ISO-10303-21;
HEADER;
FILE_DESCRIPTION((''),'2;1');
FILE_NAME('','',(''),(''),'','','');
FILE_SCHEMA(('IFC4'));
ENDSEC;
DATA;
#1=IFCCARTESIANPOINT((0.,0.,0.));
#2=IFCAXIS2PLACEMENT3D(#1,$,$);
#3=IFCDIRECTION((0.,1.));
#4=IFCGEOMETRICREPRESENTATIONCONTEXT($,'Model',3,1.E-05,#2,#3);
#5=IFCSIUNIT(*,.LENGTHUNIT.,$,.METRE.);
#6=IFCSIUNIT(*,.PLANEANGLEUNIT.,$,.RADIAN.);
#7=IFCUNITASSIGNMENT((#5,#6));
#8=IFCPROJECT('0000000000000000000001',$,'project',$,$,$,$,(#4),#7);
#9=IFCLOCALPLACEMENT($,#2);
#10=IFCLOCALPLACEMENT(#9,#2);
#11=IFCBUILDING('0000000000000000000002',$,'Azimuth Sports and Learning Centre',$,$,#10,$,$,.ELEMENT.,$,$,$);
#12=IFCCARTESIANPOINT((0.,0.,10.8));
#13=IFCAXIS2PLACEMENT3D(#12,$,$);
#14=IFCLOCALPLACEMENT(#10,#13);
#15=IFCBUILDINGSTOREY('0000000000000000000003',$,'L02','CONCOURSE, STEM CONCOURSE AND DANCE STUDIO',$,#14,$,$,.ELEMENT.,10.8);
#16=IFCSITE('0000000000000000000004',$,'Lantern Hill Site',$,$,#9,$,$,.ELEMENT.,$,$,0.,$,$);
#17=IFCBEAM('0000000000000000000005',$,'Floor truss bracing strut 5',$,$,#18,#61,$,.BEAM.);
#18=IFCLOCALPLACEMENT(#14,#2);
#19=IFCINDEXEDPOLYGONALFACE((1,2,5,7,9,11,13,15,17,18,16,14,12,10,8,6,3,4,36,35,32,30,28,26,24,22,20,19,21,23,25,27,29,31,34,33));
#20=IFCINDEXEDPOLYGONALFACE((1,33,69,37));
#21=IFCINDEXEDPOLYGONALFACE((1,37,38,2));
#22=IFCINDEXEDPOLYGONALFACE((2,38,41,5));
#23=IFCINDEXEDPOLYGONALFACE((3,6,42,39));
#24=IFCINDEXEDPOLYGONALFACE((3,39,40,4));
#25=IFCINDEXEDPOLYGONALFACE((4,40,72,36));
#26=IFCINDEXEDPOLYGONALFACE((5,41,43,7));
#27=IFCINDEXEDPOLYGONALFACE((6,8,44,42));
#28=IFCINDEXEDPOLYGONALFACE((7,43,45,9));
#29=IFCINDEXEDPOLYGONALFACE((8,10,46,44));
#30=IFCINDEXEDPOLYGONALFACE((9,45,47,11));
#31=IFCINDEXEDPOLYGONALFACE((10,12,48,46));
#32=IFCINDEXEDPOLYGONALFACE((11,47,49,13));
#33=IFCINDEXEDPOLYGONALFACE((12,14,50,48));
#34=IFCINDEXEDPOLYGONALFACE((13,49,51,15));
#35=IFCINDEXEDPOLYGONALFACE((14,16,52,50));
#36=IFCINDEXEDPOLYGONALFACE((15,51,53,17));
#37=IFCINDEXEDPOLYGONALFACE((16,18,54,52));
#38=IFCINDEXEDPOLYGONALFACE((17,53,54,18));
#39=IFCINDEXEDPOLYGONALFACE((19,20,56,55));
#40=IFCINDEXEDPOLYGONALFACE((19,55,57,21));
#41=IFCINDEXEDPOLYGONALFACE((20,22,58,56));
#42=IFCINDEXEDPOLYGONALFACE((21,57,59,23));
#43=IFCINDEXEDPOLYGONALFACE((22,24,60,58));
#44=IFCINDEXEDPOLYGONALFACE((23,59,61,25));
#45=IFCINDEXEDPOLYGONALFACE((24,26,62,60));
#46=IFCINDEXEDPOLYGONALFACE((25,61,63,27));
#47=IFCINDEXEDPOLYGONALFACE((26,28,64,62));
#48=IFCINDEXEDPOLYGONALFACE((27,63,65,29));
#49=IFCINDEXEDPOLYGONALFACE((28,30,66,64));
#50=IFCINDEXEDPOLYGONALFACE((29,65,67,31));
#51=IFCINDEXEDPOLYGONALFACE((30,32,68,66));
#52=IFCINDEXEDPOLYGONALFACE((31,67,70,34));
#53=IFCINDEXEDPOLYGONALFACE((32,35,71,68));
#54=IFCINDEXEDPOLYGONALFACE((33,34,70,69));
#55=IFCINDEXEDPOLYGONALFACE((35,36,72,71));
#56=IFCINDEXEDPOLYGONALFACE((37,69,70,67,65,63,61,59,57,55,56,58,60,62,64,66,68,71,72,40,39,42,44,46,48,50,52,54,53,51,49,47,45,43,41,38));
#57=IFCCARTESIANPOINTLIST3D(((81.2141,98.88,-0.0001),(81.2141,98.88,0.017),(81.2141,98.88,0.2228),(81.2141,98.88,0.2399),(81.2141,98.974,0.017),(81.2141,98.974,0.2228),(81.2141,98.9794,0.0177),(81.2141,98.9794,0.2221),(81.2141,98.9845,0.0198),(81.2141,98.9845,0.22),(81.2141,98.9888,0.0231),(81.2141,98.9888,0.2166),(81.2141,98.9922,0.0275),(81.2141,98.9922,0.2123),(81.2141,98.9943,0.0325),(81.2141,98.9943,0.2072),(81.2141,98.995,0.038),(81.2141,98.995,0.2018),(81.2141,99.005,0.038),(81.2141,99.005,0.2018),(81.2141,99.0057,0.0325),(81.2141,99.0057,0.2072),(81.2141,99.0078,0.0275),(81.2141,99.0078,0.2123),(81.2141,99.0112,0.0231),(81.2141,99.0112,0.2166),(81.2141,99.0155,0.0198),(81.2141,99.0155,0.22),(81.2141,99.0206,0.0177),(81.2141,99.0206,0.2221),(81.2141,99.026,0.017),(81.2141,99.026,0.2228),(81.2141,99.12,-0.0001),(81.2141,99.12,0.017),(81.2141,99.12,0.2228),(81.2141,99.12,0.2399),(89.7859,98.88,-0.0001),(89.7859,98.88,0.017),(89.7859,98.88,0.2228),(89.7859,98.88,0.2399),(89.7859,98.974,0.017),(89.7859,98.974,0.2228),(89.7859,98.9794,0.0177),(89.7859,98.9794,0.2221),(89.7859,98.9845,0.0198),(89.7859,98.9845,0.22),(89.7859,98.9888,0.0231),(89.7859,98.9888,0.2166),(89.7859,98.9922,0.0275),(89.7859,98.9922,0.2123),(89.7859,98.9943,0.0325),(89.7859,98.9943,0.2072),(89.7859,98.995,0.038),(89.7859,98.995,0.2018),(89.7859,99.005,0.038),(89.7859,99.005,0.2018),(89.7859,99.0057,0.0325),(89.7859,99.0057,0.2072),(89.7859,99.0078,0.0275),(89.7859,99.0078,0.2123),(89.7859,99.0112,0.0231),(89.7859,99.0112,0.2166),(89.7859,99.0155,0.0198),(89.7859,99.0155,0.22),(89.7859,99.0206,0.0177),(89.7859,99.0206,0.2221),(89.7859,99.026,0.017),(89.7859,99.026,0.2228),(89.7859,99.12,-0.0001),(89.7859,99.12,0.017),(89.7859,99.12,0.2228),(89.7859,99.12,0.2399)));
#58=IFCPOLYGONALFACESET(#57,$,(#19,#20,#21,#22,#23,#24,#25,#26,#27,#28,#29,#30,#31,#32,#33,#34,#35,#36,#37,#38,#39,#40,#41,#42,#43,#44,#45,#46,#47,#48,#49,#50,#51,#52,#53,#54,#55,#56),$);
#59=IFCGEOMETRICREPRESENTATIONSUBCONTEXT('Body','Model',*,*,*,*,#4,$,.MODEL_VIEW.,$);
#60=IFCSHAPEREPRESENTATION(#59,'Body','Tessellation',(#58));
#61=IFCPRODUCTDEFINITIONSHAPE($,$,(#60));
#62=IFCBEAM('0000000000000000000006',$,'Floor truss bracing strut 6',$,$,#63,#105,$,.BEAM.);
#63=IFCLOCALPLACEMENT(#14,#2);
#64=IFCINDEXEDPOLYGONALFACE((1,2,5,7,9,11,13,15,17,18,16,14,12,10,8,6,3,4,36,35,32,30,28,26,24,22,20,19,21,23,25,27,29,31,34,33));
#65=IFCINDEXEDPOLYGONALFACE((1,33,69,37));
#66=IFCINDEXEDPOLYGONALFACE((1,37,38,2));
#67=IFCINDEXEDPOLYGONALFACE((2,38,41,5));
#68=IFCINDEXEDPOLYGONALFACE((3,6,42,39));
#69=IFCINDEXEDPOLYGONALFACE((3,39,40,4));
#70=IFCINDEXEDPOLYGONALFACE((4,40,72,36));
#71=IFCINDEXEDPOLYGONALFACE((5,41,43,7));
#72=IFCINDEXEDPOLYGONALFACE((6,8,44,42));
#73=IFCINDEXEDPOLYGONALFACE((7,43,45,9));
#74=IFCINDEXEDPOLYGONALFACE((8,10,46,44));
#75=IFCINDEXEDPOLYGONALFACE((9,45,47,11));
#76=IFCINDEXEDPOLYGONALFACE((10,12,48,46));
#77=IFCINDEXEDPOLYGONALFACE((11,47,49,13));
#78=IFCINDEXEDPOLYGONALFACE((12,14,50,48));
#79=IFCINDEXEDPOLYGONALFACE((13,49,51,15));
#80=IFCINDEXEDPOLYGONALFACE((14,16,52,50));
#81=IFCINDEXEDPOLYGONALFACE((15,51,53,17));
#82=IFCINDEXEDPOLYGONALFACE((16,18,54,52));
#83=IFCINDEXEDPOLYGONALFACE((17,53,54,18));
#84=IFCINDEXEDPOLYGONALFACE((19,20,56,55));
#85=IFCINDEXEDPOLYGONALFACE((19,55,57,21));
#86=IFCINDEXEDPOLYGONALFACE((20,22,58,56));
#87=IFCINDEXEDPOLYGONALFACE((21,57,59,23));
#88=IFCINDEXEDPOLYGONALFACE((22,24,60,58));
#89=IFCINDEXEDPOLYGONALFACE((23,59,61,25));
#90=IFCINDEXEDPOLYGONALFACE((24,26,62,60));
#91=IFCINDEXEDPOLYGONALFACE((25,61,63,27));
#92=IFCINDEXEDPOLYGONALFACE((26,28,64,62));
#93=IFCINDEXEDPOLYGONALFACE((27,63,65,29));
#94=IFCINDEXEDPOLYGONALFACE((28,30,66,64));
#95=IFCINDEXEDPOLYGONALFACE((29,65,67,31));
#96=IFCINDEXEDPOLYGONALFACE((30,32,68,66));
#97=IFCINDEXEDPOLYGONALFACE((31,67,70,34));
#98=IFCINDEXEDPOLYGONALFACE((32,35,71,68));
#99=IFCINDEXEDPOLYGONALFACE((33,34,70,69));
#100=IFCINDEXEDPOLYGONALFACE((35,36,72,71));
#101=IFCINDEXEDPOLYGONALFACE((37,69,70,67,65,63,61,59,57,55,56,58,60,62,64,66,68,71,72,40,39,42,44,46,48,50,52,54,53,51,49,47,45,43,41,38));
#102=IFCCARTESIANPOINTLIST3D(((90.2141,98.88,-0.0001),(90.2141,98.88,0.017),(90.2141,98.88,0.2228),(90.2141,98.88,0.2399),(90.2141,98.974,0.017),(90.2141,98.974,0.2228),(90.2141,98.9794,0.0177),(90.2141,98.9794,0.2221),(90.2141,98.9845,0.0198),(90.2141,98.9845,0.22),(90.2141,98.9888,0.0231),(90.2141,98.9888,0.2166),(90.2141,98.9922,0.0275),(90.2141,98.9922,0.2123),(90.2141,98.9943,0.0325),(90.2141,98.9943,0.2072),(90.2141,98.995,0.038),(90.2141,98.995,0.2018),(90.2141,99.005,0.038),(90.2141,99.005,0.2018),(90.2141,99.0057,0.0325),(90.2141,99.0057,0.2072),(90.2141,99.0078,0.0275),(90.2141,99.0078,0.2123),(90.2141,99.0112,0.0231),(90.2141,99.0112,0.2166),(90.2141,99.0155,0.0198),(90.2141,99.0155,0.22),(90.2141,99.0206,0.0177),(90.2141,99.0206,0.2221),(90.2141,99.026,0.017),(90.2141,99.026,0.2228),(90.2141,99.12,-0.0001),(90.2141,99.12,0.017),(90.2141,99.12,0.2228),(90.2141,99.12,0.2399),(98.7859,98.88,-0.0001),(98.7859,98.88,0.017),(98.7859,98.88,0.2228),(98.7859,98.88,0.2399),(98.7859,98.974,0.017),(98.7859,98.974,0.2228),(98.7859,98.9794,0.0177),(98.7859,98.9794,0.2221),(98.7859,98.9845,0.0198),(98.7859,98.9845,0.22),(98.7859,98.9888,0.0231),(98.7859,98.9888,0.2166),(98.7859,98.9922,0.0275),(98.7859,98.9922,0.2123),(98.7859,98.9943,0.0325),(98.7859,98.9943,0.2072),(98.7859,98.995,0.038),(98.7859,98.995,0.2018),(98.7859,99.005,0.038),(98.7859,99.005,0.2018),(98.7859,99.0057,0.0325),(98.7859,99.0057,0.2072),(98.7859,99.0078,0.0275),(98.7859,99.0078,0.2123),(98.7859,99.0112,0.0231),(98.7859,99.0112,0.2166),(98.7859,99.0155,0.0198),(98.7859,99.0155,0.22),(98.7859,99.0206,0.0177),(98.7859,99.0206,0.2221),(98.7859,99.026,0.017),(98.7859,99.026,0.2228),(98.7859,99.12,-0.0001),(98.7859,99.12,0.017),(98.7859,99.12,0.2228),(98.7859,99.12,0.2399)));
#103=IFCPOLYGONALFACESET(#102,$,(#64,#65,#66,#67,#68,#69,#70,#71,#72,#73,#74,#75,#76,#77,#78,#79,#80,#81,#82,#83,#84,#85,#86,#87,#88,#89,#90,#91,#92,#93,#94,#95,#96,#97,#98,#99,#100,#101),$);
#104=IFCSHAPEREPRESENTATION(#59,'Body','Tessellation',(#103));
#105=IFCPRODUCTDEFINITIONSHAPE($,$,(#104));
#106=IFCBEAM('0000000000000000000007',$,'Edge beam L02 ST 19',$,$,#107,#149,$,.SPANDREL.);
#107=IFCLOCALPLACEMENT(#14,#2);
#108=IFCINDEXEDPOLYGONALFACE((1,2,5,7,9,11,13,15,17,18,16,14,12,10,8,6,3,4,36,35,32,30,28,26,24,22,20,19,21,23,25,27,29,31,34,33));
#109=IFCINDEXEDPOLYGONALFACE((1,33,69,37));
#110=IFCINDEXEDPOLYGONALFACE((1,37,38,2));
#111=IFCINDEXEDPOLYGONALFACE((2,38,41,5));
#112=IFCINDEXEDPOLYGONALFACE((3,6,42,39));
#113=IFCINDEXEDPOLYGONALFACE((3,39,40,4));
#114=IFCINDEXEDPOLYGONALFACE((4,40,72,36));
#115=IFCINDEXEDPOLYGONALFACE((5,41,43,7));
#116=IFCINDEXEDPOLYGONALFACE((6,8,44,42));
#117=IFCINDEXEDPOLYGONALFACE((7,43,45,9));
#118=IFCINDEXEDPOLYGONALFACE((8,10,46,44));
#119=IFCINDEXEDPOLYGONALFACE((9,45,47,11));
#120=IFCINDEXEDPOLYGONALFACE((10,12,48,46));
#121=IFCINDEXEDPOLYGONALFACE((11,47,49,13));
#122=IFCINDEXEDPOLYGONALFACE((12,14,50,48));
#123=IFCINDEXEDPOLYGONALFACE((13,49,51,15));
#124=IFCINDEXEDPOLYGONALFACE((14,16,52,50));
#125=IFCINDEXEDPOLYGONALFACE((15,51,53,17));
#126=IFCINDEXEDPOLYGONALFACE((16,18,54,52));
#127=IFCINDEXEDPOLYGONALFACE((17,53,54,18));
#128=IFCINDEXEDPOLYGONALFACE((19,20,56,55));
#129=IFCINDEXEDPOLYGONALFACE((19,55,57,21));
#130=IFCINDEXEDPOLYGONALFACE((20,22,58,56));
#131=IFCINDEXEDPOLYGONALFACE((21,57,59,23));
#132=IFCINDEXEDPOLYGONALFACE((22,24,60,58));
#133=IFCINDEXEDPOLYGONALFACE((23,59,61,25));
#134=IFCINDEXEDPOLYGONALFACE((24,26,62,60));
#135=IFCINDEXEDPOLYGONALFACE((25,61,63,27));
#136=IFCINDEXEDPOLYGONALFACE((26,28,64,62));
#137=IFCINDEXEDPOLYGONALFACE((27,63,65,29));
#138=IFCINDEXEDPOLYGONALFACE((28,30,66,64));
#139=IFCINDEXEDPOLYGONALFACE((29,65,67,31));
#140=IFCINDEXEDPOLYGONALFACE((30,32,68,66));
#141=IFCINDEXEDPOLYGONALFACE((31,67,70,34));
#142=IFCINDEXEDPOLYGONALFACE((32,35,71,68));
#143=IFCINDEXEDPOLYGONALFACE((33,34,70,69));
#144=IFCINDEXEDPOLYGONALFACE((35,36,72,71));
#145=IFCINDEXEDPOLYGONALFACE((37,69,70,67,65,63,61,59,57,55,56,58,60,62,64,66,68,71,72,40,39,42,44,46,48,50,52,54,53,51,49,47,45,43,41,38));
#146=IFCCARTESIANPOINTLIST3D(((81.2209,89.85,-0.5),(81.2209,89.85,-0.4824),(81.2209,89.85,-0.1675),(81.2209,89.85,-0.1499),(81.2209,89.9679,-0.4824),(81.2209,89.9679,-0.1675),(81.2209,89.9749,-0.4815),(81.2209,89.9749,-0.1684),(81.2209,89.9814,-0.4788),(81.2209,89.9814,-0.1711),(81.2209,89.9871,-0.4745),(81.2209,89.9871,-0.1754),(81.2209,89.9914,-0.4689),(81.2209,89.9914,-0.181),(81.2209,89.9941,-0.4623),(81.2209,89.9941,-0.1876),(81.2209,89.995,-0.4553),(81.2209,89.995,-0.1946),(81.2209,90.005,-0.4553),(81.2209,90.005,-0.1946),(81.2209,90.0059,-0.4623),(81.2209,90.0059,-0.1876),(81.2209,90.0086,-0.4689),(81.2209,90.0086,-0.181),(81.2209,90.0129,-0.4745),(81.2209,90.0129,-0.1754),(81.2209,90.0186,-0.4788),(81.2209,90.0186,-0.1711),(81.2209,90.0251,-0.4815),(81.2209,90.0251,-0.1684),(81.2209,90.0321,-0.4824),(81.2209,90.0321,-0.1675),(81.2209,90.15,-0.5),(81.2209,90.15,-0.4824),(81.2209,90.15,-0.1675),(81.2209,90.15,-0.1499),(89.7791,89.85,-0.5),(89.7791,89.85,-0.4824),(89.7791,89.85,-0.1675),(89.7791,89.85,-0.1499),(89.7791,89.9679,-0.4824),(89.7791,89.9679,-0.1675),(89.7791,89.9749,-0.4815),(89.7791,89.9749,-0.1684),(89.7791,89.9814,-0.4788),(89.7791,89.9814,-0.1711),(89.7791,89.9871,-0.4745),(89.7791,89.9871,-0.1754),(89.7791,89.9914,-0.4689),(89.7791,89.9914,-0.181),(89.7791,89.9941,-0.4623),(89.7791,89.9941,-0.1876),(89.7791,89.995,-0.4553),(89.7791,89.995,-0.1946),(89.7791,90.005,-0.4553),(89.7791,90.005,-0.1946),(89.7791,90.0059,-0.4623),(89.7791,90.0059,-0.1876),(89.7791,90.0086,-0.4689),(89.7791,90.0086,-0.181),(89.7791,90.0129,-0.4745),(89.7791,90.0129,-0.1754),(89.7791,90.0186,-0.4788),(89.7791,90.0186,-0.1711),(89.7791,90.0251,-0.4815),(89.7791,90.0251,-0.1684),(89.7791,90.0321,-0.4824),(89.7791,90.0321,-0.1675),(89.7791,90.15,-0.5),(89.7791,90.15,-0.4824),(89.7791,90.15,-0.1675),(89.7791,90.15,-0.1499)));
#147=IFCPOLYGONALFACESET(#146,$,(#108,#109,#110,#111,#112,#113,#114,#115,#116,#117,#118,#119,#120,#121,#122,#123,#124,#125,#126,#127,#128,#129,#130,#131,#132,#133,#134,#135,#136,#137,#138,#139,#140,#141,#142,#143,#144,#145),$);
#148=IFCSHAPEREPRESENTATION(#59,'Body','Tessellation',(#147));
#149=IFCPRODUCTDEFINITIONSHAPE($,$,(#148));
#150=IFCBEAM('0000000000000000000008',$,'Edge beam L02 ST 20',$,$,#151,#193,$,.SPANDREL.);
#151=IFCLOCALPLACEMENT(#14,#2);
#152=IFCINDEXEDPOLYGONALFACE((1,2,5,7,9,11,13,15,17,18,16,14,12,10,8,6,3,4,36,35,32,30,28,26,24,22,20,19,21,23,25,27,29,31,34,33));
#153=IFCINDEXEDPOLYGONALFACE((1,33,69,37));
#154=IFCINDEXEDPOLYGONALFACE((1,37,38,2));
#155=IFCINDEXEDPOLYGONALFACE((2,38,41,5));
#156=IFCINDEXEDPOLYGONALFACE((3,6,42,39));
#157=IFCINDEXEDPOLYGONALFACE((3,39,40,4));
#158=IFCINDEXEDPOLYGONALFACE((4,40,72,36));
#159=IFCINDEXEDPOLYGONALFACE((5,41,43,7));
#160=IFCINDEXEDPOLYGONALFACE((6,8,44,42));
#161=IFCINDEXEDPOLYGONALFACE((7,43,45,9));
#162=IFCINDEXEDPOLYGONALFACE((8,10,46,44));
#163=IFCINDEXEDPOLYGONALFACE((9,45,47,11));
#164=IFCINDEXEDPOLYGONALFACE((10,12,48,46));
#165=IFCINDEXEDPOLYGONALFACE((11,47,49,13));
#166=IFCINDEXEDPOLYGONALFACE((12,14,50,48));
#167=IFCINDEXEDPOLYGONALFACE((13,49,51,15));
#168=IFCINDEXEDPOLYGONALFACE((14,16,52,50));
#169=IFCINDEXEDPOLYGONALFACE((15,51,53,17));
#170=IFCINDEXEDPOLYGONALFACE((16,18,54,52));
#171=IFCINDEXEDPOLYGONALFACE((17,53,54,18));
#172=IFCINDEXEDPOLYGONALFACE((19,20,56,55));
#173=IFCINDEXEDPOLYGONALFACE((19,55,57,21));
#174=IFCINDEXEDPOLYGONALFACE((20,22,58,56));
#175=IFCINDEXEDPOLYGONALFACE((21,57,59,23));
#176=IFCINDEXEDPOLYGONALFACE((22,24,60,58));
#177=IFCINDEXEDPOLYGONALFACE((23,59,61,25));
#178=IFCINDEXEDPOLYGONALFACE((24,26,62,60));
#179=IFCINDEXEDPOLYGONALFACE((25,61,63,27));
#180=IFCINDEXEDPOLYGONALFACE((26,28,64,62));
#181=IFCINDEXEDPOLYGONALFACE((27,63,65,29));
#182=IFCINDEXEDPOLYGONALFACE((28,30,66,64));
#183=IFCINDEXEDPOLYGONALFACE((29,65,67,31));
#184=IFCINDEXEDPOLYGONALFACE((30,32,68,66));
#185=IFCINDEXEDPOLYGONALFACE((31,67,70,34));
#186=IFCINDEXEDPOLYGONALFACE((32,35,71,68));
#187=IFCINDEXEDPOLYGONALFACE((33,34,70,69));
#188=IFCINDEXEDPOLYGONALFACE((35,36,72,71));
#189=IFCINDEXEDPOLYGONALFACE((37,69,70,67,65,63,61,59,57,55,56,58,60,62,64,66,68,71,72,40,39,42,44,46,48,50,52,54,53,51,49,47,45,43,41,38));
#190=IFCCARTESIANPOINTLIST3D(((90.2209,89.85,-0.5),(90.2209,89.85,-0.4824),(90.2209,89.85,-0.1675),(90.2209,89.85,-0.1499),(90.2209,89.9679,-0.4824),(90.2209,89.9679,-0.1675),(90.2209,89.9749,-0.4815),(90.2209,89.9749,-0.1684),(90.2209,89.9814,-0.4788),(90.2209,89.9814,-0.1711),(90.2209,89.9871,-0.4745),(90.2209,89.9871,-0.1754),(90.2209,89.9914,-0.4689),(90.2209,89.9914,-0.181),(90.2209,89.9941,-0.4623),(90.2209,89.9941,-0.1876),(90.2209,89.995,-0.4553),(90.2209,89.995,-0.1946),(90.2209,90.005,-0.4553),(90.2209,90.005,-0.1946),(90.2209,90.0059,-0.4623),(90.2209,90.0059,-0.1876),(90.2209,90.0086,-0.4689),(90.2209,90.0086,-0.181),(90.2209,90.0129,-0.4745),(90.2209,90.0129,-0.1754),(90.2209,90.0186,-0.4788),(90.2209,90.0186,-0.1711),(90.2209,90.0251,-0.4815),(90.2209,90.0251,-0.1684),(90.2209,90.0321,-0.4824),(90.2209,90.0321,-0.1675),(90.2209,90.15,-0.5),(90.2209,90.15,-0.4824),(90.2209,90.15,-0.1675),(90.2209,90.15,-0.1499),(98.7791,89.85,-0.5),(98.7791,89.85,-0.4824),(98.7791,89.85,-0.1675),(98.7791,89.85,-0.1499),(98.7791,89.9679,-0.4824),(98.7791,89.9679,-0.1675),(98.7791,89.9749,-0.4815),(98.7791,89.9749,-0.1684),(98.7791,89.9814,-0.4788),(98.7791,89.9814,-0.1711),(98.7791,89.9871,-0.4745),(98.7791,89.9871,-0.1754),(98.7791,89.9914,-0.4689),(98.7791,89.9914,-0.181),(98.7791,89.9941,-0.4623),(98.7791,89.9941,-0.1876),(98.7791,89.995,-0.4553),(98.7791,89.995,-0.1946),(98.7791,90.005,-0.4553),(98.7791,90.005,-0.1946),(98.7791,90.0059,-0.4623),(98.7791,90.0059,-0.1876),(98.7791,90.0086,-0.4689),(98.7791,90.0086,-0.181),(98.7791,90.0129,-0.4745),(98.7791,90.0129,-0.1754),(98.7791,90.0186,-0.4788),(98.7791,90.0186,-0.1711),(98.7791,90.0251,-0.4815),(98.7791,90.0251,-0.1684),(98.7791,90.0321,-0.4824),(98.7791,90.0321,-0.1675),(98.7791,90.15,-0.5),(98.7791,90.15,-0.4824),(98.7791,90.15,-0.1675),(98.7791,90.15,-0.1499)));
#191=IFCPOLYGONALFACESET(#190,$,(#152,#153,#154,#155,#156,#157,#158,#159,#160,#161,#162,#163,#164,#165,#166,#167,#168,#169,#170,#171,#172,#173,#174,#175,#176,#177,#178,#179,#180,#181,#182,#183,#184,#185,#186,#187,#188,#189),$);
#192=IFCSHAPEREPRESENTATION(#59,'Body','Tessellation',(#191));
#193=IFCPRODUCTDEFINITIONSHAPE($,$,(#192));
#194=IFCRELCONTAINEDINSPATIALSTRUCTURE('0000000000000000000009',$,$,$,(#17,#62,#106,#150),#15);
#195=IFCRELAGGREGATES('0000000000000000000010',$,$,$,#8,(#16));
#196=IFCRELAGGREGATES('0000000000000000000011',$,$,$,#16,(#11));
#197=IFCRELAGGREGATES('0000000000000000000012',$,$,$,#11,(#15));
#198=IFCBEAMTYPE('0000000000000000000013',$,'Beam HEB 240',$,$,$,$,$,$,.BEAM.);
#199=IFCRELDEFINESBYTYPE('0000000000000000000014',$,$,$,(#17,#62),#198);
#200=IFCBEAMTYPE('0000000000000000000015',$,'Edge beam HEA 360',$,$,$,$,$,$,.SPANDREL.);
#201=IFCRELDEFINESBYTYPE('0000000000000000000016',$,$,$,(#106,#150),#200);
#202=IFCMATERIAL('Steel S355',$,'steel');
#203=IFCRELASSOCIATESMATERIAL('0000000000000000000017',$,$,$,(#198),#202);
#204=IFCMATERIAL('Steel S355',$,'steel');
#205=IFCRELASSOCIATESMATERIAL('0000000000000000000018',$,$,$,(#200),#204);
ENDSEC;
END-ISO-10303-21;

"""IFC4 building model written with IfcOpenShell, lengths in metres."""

from ifc_helpers import new_model, si_unit, direction, frame, origin, origin_2d, place, context, subcontext, project, spatial, i_section, extrude, material, material_profile, profile_set, type_object, element, save


model = new_model("IFC4")

# Units and contexts
model_context = context("Model", 3, precision=1e-05, world=origin(), true_north=direction((0.0, 1.0)))
body_context = subcontext(model_context, "Body", "Model", "MODEL_VIEW")
ifc_project = project(units=[si_unit("LENGTHUNIT", "METRE"), si_unit("PLANEANGLEUNIT", "RADIAN")], contexts=[model_context])

# Site, building, storey
site_placement = place(None, origin())
site = spatial("IfcSite", under=ifc_project, at=site_placement, Name="Lantern Hill Site", CompositionType="ELEMENT", RefElevation=0.0)
building_placement = place(site_placement, origin())
building = spatial("IfcBuilding", under=site, at=building_placement, Name="Azimuth Sports and Learning Centre", CompositionType="ELEMENT")
storey_placement = place(building_placement, frame((0.0, 0.0, 10.8)))
storey = spatial("IfcBuildingStorey", under=building, at=storey_placement, Name="L02", Description="CONCOURSE, STEM CONCOURSE AND DANCE STUDIO", CompositionType="ELEMENT", Elevation=10.8)

# Beams
ifc_material_1 = material(Name="Steel S355", Category="steel")
ifc_material_profile_1 = material_profile(ifc_material_1, i_section(OverallWidth=0.24, OverallDepth=0.24, WebThickness=0.01, FlangeThickness=0.0171, FilletRadius=0.021, at=origin_2d()), Name="HEB 240")
ifc_profile_set_1 = profile_set([ifc_material_profile_1], Name="Steel S355")
beam_type_1 = type_object("IfcBeamType", Name="Beam HEB 240", PredefinedType="BEAM", material=ifc_profile_set_1)
for number, where, z_axis, x_axis, name in (
    (1, (81.2141, 99.0, 0.1199), (1.0, 0.0, 0.0), (0.0, 1.0, 0.0), "Floor truss bracing strut 5"),
    (2, (90.2141, 99.0, 0.1199), (1.0, 0.0, 0.0), (0.0, 1.0, 0.0), "Floor truss bracing strut 6"),
):
    element("IfcBeam", number, at=place(storey_placement, frame(where, z_axis=z_axis, x_axis=x_axis)), inside=storey, type_object=beam_type_1, Name=name, PredefinedType="BEAM", context=body_context, shape_type="SweptSolid", body=[
        extrude(i_section(OverallWidth=0.24, OverallDepth=0.24, WebThickness=0.01, FlangeThickness=0.0171, FilletRadius=0.021, at=origin_2d()), origin(), (0.0, 0.0, 1.0), 8.5718),
    ])
ifc_material_2 = material(Name="Steel S355", Category="steel")
ifc_material_profile_2 = material_profile(ifc_material_2, i_section(OverallWidth=0.3, OverallDepth=0.3501, WebThickness=0.01, FlangeThickness=0.0176, FilletRadius=0.0271, at=origin_2d()), Name="HEA 360")
ifc_profile_set_2 = profile_set([ifc_material_profile_2], Name="Steel S355")
beam_type_2 = type_object("IfcBeamType", Name="Edge beam HEA 360", PredefinedType="SPANDREL", material=ifc_profile_set_2)
for number, where, z_axis, x_axis, name in (
    (3, (81.2209, 90.0, -0.325), (1.0, 0.0, 0.0), (0.0, 1.0, 0.0), "Edge beam L02 ST 19"),
    (4, (90.2209, 90.0, -0.325), (1.0, 0.0, 0.0), (0.0, 1.0, 0.0), "Edge beam L02 ST 20"),
):
    element("IfcBeam", number, at=place(storey_placement, frame(where, z_axis=z_axis, x_axis=x_axis)), inside=storey, type_object=beam_type_2, Name=name, PredefinedType="SPANDREL", context=body_context, shape_type="SweptSolid", body=[
        extrude(i_section(OverallWidth=0.3, OverallDepth=0.3501, WebThickness=0.01, FlangeThickness=0.0176, FilletRadius=0.0271, at=origin_2d()), origin(), (0.0, 0.0, 1.0), 8.5581),
    ])

save(model, "model.ifc")
